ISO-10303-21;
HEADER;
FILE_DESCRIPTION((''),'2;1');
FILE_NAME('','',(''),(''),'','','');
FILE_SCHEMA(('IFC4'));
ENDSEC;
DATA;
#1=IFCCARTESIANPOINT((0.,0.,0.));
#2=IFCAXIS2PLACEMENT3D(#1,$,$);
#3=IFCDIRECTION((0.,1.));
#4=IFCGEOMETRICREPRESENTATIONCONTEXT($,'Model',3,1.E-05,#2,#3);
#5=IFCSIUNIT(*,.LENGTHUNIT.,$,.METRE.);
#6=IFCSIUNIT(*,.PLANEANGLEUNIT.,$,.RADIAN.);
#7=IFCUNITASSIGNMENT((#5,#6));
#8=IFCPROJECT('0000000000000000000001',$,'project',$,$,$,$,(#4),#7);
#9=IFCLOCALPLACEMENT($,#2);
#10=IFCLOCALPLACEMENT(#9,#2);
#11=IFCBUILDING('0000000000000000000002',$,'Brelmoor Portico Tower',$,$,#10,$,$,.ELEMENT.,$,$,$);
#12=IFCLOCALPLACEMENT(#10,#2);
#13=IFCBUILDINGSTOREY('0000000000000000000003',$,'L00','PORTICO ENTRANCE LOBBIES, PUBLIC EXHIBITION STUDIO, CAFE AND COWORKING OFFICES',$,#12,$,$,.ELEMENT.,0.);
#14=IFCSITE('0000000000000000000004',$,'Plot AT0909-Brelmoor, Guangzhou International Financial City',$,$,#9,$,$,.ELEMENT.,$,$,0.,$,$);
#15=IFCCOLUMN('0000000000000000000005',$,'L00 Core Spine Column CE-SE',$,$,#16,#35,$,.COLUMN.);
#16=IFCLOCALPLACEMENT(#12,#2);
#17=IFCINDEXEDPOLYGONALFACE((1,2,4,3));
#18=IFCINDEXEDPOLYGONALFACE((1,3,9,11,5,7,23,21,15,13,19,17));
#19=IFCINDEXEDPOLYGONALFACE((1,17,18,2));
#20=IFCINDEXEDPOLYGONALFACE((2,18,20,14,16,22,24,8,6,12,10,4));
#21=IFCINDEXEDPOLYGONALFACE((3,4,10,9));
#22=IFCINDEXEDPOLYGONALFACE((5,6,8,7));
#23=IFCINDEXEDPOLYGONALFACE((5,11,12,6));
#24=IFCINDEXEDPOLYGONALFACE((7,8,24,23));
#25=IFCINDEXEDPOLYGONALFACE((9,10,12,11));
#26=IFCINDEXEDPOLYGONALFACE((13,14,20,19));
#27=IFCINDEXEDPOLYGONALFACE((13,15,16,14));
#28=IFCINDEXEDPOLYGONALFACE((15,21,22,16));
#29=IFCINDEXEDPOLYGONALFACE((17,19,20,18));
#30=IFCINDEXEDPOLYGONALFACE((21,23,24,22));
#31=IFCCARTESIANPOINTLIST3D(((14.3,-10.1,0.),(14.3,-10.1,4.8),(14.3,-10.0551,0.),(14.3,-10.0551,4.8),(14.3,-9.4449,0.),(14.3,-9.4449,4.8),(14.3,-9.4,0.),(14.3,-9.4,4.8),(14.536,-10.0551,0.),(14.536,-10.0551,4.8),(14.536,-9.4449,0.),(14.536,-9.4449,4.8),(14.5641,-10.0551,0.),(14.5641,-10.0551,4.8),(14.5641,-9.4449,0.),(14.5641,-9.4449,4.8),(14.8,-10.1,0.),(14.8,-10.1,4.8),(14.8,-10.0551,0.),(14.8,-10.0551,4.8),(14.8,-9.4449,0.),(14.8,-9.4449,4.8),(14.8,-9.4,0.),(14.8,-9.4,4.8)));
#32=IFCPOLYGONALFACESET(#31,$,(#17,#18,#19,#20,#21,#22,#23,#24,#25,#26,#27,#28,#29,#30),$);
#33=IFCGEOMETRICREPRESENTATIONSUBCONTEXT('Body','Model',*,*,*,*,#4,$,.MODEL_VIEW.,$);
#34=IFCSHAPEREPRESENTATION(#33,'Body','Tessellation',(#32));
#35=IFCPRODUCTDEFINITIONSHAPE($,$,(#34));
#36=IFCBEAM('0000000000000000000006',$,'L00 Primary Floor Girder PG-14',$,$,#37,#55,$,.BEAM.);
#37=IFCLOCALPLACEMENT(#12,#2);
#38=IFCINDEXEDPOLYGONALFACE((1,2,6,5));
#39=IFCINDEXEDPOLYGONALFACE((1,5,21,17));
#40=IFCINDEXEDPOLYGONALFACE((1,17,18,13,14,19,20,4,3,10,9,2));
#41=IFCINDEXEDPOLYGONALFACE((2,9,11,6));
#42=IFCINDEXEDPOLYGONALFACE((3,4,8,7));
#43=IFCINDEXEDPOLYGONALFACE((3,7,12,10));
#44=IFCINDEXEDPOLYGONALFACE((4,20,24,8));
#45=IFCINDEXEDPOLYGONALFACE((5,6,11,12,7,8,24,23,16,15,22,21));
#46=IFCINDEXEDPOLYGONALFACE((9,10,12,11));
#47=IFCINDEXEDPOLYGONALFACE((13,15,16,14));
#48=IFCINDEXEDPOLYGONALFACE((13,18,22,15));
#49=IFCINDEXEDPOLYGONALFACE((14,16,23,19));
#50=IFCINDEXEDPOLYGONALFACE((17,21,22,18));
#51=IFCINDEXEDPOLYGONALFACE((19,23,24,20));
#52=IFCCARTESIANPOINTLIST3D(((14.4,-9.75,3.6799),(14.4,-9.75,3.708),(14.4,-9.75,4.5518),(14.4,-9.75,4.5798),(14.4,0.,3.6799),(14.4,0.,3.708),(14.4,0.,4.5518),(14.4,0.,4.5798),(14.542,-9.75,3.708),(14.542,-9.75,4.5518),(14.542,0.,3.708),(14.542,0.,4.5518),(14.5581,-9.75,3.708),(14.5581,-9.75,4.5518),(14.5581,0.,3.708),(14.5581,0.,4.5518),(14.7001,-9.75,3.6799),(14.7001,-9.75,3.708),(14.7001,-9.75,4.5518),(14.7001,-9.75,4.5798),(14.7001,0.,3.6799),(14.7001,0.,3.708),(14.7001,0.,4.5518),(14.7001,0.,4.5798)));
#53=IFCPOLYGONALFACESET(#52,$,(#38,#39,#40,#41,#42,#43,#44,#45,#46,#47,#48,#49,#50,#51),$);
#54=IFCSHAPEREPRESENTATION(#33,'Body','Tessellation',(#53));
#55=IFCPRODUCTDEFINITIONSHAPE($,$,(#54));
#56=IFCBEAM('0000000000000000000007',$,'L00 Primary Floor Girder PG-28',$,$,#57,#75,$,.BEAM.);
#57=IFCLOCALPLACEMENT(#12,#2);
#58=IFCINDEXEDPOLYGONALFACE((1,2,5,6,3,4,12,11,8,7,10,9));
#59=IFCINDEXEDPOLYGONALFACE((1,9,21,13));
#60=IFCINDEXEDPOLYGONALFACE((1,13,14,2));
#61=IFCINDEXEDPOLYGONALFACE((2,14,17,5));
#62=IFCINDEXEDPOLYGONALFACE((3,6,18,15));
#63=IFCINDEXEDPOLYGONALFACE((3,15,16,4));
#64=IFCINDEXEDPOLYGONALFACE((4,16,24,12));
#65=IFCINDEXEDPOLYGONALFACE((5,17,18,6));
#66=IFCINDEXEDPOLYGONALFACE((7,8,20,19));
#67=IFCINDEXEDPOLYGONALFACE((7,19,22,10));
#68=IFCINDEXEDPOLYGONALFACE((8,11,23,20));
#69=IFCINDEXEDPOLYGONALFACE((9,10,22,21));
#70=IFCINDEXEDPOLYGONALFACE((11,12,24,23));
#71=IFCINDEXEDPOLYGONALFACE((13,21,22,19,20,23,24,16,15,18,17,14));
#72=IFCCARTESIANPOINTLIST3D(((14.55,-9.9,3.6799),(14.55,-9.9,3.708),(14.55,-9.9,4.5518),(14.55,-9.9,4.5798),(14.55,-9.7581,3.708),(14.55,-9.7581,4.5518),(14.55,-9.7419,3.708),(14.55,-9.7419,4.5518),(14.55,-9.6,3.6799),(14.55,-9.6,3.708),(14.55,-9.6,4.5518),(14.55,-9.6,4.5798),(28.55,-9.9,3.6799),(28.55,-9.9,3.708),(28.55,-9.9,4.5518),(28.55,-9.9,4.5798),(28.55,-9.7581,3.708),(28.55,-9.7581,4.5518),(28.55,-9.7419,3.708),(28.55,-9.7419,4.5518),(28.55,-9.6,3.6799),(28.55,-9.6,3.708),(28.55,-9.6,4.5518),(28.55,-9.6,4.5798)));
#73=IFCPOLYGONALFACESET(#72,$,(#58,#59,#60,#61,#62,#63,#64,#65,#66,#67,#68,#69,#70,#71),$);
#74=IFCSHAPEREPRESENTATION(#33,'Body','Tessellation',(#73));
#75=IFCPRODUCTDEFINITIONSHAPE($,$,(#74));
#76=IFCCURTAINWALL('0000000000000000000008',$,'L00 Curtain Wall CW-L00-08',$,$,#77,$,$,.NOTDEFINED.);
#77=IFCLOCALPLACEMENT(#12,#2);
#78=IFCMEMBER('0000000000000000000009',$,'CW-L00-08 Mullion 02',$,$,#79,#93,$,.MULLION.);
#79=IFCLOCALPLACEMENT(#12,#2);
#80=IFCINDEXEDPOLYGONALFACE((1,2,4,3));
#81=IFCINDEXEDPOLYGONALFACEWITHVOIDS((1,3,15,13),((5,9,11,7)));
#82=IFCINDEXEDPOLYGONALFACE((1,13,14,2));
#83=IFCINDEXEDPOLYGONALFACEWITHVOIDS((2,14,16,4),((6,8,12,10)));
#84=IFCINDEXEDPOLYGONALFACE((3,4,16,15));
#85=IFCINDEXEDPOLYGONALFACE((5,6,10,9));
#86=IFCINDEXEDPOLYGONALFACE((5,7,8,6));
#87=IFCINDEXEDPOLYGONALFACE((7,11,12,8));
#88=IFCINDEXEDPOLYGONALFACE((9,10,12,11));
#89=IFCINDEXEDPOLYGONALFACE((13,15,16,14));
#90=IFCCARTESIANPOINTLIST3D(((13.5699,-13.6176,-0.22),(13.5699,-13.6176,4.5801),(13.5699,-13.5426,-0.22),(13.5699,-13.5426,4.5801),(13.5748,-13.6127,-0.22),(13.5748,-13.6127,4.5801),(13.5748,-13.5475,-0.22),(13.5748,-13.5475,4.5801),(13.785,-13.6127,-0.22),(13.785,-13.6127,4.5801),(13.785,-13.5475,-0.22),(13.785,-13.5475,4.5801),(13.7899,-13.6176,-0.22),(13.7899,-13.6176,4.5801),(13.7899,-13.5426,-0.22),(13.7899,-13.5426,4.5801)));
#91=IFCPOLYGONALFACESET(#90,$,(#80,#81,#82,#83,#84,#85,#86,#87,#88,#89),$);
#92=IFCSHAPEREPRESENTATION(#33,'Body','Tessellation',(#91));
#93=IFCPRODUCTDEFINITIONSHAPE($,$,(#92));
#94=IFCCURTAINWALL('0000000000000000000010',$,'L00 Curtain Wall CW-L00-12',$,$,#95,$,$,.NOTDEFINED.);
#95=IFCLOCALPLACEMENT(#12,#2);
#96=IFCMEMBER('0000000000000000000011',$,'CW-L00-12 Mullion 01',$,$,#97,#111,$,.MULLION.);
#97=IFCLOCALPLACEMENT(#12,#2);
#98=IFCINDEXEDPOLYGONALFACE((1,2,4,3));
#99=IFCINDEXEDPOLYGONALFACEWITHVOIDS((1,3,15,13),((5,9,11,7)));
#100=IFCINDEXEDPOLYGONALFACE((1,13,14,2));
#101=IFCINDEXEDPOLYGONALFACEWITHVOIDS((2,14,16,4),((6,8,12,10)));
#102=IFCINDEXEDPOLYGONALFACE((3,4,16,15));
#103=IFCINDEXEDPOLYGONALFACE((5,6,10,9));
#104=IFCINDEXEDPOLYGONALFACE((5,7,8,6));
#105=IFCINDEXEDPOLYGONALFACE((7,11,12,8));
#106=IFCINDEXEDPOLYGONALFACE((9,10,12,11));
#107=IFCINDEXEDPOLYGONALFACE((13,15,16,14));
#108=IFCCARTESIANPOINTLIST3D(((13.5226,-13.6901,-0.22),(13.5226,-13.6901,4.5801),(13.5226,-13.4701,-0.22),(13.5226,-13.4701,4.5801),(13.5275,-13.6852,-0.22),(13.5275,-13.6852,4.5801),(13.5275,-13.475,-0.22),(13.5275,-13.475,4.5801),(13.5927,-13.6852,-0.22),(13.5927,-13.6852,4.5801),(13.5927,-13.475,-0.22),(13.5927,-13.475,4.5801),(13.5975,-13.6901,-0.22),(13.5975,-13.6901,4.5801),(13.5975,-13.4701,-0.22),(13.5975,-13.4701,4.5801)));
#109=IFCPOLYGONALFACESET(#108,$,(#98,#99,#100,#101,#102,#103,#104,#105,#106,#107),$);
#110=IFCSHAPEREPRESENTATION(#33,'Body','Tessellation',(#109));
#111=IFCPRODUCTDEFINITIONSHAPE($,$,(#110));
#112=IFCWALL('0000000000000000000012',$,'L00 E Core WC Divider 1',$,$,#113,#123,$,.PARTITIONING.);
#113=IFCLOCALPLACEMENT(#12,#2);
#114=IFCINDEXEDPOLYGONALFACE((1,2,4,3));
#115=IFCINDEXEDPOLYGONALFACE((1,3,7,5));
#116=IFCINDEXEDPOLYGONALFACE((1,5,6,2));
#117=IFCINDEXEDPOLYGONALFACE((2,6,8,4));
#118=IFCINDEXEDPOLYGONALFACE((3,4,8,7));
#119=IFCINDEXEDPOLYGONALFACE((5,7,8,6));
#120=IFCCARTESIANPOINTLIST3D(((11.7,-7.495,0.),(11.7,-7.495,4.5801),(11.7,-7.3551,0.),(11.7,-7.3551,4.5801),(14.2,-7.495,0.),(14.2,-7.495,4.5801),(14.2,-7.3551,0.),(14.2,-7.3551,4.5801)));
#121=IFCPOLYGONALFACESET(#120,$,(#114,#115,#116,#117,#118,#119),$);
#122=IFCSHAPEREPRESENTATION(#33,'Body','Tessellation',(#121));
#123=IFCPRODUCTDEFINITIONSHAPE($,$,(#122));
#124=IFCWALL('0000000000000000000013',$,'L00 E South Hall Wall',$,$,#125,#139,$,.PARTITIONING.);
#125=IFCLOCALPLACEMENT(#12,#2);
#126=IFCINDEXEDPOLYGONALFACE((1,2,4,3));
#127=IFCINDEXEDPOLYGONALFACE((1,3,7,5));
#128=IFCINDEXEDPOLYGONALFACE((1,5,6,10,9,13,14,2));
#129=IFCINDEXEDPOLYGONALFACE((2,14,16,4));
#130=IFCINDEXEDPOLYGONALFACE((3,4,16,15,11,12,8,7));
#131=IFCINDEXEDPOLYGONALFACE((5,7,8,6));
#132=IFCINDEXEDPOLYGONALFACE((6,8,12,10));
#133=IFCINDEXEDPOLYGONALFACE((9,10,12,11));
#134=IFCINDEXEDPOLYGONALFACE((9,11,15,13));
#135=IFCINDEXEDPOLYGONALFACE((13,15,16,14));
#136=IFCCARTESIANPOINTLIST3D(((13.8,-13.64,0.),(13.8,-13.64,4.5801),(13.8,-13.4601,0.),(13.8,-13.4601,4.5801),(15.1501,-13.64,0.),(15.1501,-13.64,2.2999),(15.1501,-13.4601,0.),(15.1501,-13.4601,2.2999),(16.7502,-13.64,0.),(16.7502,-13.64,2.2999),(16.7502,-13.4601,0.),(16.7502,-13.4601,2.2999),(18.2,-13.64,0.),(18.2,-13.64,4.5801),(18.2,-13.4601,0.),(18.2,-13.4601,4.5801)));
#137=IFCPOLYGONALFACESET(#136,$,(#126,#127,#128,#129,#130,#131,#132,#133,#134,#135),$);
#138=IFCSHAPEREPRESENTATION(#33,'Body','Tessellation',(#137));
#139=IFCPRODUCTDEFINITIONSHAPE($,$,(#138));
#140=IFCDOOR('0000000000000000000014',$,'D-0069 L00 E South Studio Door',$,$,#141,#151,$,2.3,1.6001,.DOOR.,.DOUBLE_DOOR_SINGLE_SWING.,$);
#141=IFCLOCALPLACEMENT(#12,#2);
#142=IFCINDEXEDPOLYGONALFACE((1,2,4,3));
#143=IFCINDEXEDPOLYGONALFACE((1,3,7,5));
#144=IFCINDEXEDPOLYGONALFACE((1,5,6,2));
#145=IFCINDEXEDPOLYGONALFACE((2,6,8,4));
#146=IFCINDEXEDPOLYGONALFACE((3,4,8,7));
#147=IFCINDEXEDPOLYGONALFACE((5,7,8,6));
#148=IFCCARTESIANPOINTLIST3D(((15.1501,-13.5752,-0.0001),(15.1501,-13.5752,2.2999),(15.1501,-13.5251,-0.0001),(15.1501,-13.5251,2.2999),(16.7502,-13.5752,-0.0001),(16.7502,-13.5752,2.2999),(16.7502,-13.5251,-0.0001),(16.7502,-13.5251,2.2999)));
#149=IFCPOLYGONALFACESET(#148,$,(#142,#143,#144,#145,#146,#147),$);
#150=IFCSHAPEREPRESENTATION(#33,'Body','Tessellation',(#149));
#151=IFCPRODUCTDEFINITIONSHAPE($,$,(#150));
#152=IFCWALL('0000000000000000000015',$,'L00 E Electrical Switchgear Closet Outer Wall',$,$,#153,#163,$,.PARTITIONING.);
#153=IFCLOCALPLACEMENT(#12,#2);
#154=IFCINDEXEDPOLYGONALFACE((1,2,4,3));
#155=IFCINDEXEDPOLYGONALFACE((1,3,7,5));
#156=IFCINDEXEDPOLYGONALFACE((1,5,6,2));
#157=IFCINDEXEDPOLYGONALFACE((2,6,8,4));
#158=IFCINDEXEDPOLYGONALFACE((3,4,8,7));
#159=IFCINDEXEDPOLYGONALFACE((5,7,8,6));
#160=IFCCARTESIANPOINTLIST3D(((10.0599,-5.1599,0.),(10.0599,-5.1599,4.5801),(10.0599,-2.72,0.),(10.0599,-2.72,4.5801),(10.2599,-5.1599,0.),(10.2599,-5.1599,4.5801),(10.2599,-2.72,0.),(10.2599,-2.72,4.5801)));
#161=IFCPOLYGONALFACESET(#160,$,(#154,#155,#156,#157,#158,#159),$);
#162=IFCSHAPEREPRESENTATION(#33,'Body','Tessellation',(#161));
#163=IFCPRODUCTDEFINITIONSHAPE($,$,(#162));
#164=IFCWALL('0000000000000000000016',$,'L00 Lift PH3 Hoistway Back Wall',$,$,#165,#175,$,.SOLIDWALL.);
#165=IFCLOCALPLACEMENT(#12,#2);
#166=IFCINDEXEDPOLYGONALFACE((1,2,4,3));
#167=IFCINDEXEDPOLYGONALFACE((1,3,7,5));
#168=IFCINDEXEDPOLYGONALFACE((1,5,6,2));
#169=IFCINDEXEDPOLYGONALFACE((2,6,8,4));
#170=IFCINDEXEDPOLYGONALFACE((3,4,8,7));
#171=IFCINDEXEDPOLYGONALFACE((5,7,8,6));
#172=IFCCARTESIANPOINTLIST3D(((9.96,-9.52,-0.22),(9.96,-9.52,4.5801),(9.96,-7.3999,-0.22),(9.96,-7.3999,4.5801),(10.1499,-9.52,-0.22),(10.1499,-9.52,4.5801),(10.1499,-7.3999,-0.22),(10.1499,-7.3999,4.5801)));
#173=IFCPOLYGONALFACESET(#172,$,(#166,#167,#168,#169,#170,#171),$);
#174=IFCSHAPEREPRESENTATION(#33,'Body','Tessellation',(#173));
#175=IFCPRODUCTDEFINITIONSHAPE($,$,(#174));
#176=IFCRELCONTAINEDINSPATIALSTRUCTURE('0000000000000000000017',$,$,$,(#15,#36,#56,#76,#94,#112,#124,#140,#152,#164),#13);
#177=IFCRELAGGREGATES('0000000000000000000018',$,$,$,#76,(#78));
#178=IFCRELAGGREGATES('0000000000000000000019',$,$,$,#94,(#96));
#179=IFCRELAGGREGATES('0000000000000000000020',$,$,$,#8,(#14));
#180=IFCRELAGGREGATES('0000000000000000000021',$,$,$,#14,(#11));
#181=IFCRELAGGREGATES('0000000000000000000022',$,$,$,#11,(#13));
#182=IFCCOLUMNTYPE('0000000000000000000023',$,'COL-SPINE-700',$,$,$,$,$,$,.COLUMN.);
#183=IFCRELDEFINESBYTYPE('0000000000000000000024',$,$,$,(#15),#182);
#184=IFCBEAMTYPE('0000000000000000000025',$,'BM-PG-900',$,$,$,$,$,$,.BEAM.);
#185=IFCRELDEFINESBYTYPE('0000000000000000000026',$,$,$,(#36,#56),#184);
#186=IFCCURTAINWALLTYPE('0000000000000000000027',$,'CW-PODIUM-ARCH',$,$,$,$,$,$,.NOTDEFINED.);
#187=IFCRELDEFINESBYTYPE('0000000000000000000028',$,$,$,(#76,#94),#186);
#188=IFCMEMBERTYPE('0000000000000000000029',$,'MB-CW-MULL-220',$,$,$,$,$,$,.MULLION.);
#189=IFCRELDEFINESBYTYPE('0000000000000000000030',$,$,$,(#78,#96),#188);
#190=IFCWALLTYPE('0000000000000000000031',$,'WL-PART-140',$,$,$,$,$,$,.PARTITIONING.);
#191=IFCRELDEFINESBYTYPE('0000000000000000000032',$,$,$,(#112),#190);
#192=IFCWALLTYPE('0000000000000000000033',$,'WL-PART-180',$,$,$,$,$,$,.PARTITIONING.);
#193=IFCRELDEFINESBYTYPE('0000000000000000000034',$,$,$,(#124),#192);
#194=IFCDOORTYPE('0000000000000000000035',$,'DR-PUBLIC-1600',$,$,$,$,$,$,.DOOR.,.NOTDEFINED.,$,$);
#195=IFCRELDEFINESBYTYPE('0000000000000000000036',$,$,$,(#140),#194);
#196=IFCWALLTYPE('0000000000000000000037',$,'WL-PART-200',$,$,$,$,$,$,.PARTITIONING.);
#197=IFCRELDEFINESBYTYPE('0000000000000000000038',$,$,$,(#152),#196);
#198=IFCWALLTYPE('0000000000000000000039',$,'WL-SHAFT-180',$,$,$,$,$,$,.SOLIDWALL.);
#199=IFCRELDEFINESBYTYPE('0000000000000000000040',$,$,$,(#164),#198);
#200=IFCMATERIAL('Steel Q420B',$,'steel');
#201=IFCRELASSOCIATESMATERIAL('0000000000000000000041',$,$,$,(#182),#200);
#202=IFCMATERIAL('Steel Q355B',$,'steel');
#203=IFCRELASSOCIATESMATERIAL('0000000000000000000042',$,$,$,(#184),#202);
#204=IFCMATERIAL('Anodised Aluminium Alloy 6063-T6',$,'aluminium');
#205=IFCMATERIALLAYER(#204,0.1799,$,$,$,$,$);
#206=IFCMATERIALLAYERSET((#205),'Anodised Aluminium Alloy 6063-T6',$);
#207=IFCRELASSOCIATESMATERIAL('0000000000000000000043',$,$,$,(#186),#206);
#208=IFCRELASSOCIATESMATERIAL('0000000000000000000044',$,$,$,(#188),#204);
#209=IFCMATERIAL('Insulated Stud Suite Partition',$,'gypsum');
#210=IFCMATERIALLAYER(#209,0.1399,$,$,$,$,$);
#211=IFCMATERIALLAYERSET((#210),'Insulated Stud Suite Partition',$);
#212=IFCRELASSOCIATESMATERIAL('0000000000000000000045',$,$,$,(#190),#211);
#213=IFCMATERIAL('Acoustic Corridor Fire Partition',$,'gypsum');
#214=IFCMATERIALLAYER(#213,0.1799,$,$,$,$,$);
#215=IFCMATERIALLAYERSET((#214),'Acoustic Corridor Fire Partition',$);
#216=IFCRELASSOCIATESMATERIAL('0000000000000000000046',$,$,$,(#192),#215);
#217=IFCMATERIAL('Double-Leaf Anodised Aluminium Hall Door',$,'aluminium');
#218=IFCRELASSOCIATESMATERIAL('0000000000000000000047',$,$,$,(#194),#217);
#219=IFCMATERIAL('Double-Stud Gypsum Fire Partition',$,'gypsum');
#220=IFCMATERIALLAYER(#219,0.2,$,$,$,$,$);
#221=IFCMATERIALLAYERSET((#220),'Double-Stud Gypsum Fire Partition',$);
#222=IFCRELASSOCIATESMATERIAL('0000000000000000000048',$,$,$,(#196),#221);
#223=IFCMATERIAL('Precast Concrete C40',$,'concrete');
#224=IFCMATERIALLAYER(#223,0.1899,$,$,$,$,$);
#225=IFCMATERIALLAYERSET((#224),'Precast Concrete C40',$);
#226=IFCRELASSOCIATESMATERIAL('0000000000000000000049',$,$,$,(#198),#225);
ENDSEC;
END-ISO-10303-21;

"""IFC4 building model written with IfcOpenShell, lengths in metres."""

from ifc_helpers import new_model, si_unit, direction, frame, frame_2d, origin, origin_2d, place, context, subcontext, project, spatial, rectangle, hollow_rectangle, i_section, extrude, material, layer, layer_set, material_profile, profile_set, type_object, element, fill, aggregate, save


model = new_model("IFC4")

# Units and contexts
model_context = context("Model", 3, precision=1e-05, world=origin(), true_north=direction((0.0, 1.0)))
body_context = subcontext(model_context, "Body", "Model", "MODEL_VIEW")
ifc_project = project(units=[si_unit("LENGTHUNIT", "METRE"), si_unit("PLANEANGLEUNIT", "RADIAN")], contexts=[model_context])

# Site, building, storey
site_placement = place(None, origin())
site = spatial("IfcSite", under=ifc_project, at=site_placement, Name="Plot AT0909-Brelmoor, Guangzhou International Financial City", CompositionType="ELEMENT", RefElevation=0.0)
building_placement = place(site_placement, origin())
building = spatial("IfcBuilding", under=site, at=building_placement, Name="Brelmoor Portico Tower", CompositionType="ELEMENT")
storey_placement = place(building_placement, origin())
storey = spatial("IfcBuildingStorey", under=building, at=storey_placement, Name="L00", Description="PORTICO ENTRANCE LOBBIES, PUBLIC EXHIBITION STUDIO, CAFE AND COWORKING OFFICES", CompositionType="ELEMENT", Elevation=0.0)

# Column
ifc_material_1 = material(Name="Steel Q420B", Category="steel")
ifc_material_profile_1 = material_profile(ifc_material_1, i_section(OverallWidth=0.5, OverallDepth=0.7, WebThickness=0.0281, FlangeThickness=0.0449, at=origin_2d()), Name="HW 700x500x28x45")
ifc_profile_set_1 = profile_set([ifc_material_profile_1], Name="Steel Q420B")
column_type = type_object("IfcColumnType", Name="COL-SPINE-700", PredefinedType="COLUMN", material=ifc_profile_set_1)
column_placement = place(storey_placement, frame((14.55, -9.75, 0.0), z_axis=(0.0, 0.0, 1.0), x_axis=(1.0, 0.0, 0.0)))
element("IfcColumn", 1, at=column_placement, inside=storey, type_object=column_type, Name="L00 Core Spine Column CE-SE", PredefinedType="COLUMN", context=body_context, shape_type="SweptSolid", body=[
    extrude(i_section(OverallWidth=0.5, OverallDepth=0.7, WebThickness=0.0281, FlangeThickness=0.0449, at=origin_2d()), origin(), (0.0, 0.0, 1.0), 4.8),
])

# Beams
ifc_material_2 = material(Name="Steel Q355B", Category="steel")
ifc_material_profile_2 = material_profile(ifc_material_2, i_section(OverallWidth=0.3, OverallDepth=0.8999, WebThickness=0.0161, FlangeThickness=0.0281, at=origin_2d()), Name="HN 900x300x16x28")
ifc_profile_set_2 = profile_set([ifc_material_profile_2], Name="Steel Q355B")
beam_type = type_object("IfcBeamType", Name="BM-PG-900", PredefinedType="BEAM", material=ifc_profile_set_2)
beam_1_placement = place(storey_placement, frame((14.55, -9.75, 4.1299), z_axis=(0.0, 1.0, 0.0), x_axis=(-1.0, 0.0, 0.0)))
element("IfcBeam", 2, at=beam_1_placement, inside=storey, type_object=beam_type, Name="L00 Primary Floor Girder PG-14", PredefinedType="BEAM", context=body_context, shape_type="SweptSolid", body=[
    extrude(i_section(OverallWidth=0.3, OverallDepth=0.8999, WebThickness=0.0161, FlangeThickness=0.0281, at=origin_2d()), origin(), (0.0, 0.0, 1.0), 9.75),
])
beam_2_placement = place(storey_placement, frame((14.55, -9.75, 4.1299), z_axis=(1.0, 0.0, 0.0), x_axis=(0.0, 1.0, 0.0)))
element("IfcBeam", 3, at=beam_2_placement, inside=storey, type_object=beam_type, Name="L00 Primary Floor Girder PG-28", PredefinedType="BEAM", context=body_context, shape_type="SweptSolid", body=[
    extrude(i_section(OverallWidth=0.3, OverallDepth=0.8999, WebThickness=0.0161, FlangeThickness=0.0281, at=origin_2d()), origin(), (0.0, 0.0, 1.0), 14.0),
])

# Curtain walls, members
ifc_material_3 = material(Name="Anodised Aluminium Alloy 6063-T6", Category="aluminium")
ifc_layer_1 = layer(ifc_material_3, 0.1799)
ifc_layer_set_1 = layer_set([ifc_layer_1], Name="Anodised Aluminium Alloy 6063-T6")
curtain_wall_type = type_object("IfcCurtainWallType", Name="CW-PODIUM-ARCH", PredefinedType="NOTDEFINED", material=ifc_layer_set_1)
curtain_wall_1_placement = place(storey_placement, origin())
curtain_wall_1 = element("IfcCurtainWall", 4, at=curtain_wall_1_placement, inside=storey, type_object=curtain_wall_type, Name="L00 Curtain Wall CW-L00-08", PredefinedType="NOTDEFINED")
ifc_material_profile_3 = material_profile(ifc_material_3, hollow_rectangle(XDim=0.075, YDim=0.22, WallThickness=0.0049, at=origin_2d()), Name="ALU MULLION 75x220")
ifc_profile_set_3 = profile_set([ifc_material_profile_3], Name="Anodised Aluminium Alloy 6063-T6")
member_type = type_object("IfcMemberType", Name="MB-CW-MULL-220", PredefinedType="MULLION", material=ifc_profile_set_3)
member_1_placement = place(storey_placement, frame((13.6799, -13.5801, -0.22), z_axis=(0.0, 0.0, 1.0), x_axis=(0.0, 1.0, 0.0)))
member_1 = element("IfcMember", 5, at=member_1_placement, type_object=member_type, Name="CW-L00-08 Mullion 02", PredefinedType="MULLION", context=body_context, shape_type="SweptSolid", body=[
    extrude(hollow_rectangle(XDim=0.075, YDim=0.22, WallThickness=0.0049, at=origin_2d()), origin(), (0.0, 0.0, 1.0), 4.8),
])
aggregate(curtain_wall_1, [member_1])
curtain_wall_2_placement = place(storey_placement, origin())
curtain_wall_2 = element("IfcCurtainWall", 6, at=curtain_wall_2_placement, inside=storey, type_object=curtain_wall_type, Name="L00 Curtain Wall CW-L00-12", PredefinedType="NOTDEFINED")
member_2_placement = place(storey_placement, frame((13.5601, -13.5801, -0.22), z_axis=(0.0, 0.0, 1.0), x_axis=(1.0, 0.0, 0.0)))
member_2 = element("IfcMember", 7, at=member_2_placement, type_object=member_type, Name="CW-L00-12 Mullion 01", PredefinedType="MULLION", context=body_context, shape_type="SweptSolid", body=[
    extrude(hollow_rectangle(XDim=0.075, YDim=0.22, WallThickness=0.0049, at=origin_2d()), origin(), (0.0, 0.0, 1.0), 4.8),
])
aggregate(curtain_wall_2, [member_2])

# Wall
ifc_material_4 = material(Name="Insulated Stud Suite Partition", Category="gypsum")
ifc_layer_2 = layer(ifc_material_4, 0.1399)
ifc_layer_set_2 = layer_set([ifc_layer_2], Name="Insulated Stud Suite Partition")
wall_type_1 = type_object("IfcWallType", Name="WL-PART-140", PredefinedType="PARTITIONING", material=ifc_layer_set_2)
wall_1_placement = place(storey_placement, frame((11.7, -7.425, 0.0), z_axis=(0.0, 0.0, 1.0), x_axis=(1.0, 0.0, 0.0)))
element("IfcWall", 8, at=wall_1_placement, inside=storey, type_object=wall_type_1, Name="L00 E Core WC Divider 1", PredefinedType="PARTITIONING", context=body_context, shape_type="SweptSolid", body=[
    extrude(rectangle(XDim=2.5, YDim=0.1399, at=frame_2d((1.25, 0.0))), origin(), (0.0, 0.0, 1.0), 4.5801),
])

# Wall, opening, door
ifc_material_5 = material(Name="Acoustic Corridor Fire Partition", Category="gypsum")
ifc_layer_3 = layer(ifc_material_5, 0.1799)
ifc_layer_set_3 = layer_set([ifc_layer_3], Name="Acoustic Corridor Fire Partition")
wall_type_2 = type_object("IfcWallType", Name="WL-PART-180", PredefinedType="PARTITIONING", material=ifc_layer_set_3)
wall_2_placement = place(storey_placement, frame((13.8, -13.55, 0.0), z_axis=(0.0, 0.0, 1.0), x_axis=(1.0, 0.0, 0.0)))
wall_2 = element("IfcWall", 9, at=wall_2_placement, inside=storey, type_object=wall_type_2, Name="L00 E South Hall Wall", PredefinedType="PARTITIONING", context=body_context, shape_type="SweptSolid", body=[
    extrude(rectangle(XDim=4.3999, YDim=0.1799, at=frame_2d((2.2, 0.0))), origin(), (0.0, 0.0, 1.0), 4.5801),
])
opening_1_placement = place(wall_2_placement, frame((1.3501, 0.0, 0.0)))
opening_1 = element("IfcOpeningElement", 10, at=opening_1_placement, cuts=wall_2, PredefinedType="OPENING", context=body_context, shape_type="SweptSolid", body=[
    extrude(rectangle(XDim=1.6001, YDim=2.3, at=frame_2d((0.8, 1.1499))), frame((0.0, 0.0999, 0.0), z_axis=(0.0, -1.0, 0.0), x_axis=(1.0, 0.0, 0.0)), (0.0, 0.0, 1.0), 0.2),
])
ifc_material_6 = material(Name="Double-Leaf Anodised Aluminium Hall Door", Category="aluminium")
door_type_1 = type_object("IfcDoorType", Name="DR-PUBLIC-1600", OperationType="NOTDEFINED", PredefinedType="DOOR", material=ifc_material_6)
door_1_placement = place(opening_1_placement, origin())
door_1 = element("IfcDoor", 11, at=door_1_placement, inside=storey, type_object=door_type_1, Name="D-0069 L00 E South Studio Door", OperationType="DOUBLE_DOOR_SINGLE_SWING", OverallHeight=2.3, OverallWidth=1.6001, PredefinedType="DOOR", context=body_context, shape_type="SweptSolid", body=[
    extrude(rectangle(XDim=1.6001, YDim=2.3, at=frame_2d((0.8, 1.1499))), frame((0.0, 0.0249, 0.0), z_axis=(0.0, -1.0, 0.0), x_axis=(1.0, 0.0, 0.0)), (0.0, 0.0, 1.0), 0.05),
])
fill(opening_1, door_1)
ifc_material_7 = material(Name="Double-Stud Gypsum Fire Partition", Category="gypsum")
ifc_layer_4 = layer(ifc_material_7, 0.2)
ifc_layer_set_4 = layer_set([ifc_layer_4], Name="Double-Stud Gypsum Fire Partition")
wall_type_3 = type_object("IfcWallType", Name="WL-PART-200", PredefinedType="PARTITIONING", material=ifc_layer_set_4)

# Walls
wall_3_placement = place(storey_placement, frame((10.1599, -5.1599, 0.0), z_axis=(0.0, 0.0, 1.0), x_axis=(0.0, 1.0, 0.0)))
element("IfcWall", 12, at=wall_3_placement, inside=storey, type_object=wall_type_3, Name="L00 E Electrical Switchgear Closet Outer Wall", PredefinedType="PARTITIONING", context=body_context, shape_type="SweptSolid", body=[
    extrude(rectangle(XDim=2.4399, YDim=0.2, at=frame_2d((1.22, 0.0))), origin(), (0.0, 0.0, 1.0), 4.5801),
])
ifc_material_8 = material(Name="Precast Concrete C40", Category="concrete")
ifc_layer_5 = layer(ifc_material_8, 0.1899)
ifc_layer_set_5 = layer_set([ifc_layer_5], Name="Precast Concrete C40")
wall_type_4 = type_object("IfcWallType", Name="WL-SHAFT-180", PredefinedType="SOLIDWALL", material=ifc_layer_set_5)
wall_4_placement = place(storey_placement, frame((10.0549, -9.52, -0.22), z_axis=(0.0, 0.0, 1.0), x_axis=(0.0, 1.0, 0.0)))
element("IfcWall", 13, at=wall_4_placement, inside=storey, type_object=wall_type_4, Name="L00 Lift PH3 Hoistway Back Wall", PredefinedType="SOLIDWALL", context=body_context, shape_type="SweptSolid", body=[
    extrude(rectangle(XDim=2.1201, YDim=0.1899, at=frame_2d((1.0601, 0.0))), origin(), (0.0, 0.0, 1.0), 4.8),
])

save(model, "model.ifc")
